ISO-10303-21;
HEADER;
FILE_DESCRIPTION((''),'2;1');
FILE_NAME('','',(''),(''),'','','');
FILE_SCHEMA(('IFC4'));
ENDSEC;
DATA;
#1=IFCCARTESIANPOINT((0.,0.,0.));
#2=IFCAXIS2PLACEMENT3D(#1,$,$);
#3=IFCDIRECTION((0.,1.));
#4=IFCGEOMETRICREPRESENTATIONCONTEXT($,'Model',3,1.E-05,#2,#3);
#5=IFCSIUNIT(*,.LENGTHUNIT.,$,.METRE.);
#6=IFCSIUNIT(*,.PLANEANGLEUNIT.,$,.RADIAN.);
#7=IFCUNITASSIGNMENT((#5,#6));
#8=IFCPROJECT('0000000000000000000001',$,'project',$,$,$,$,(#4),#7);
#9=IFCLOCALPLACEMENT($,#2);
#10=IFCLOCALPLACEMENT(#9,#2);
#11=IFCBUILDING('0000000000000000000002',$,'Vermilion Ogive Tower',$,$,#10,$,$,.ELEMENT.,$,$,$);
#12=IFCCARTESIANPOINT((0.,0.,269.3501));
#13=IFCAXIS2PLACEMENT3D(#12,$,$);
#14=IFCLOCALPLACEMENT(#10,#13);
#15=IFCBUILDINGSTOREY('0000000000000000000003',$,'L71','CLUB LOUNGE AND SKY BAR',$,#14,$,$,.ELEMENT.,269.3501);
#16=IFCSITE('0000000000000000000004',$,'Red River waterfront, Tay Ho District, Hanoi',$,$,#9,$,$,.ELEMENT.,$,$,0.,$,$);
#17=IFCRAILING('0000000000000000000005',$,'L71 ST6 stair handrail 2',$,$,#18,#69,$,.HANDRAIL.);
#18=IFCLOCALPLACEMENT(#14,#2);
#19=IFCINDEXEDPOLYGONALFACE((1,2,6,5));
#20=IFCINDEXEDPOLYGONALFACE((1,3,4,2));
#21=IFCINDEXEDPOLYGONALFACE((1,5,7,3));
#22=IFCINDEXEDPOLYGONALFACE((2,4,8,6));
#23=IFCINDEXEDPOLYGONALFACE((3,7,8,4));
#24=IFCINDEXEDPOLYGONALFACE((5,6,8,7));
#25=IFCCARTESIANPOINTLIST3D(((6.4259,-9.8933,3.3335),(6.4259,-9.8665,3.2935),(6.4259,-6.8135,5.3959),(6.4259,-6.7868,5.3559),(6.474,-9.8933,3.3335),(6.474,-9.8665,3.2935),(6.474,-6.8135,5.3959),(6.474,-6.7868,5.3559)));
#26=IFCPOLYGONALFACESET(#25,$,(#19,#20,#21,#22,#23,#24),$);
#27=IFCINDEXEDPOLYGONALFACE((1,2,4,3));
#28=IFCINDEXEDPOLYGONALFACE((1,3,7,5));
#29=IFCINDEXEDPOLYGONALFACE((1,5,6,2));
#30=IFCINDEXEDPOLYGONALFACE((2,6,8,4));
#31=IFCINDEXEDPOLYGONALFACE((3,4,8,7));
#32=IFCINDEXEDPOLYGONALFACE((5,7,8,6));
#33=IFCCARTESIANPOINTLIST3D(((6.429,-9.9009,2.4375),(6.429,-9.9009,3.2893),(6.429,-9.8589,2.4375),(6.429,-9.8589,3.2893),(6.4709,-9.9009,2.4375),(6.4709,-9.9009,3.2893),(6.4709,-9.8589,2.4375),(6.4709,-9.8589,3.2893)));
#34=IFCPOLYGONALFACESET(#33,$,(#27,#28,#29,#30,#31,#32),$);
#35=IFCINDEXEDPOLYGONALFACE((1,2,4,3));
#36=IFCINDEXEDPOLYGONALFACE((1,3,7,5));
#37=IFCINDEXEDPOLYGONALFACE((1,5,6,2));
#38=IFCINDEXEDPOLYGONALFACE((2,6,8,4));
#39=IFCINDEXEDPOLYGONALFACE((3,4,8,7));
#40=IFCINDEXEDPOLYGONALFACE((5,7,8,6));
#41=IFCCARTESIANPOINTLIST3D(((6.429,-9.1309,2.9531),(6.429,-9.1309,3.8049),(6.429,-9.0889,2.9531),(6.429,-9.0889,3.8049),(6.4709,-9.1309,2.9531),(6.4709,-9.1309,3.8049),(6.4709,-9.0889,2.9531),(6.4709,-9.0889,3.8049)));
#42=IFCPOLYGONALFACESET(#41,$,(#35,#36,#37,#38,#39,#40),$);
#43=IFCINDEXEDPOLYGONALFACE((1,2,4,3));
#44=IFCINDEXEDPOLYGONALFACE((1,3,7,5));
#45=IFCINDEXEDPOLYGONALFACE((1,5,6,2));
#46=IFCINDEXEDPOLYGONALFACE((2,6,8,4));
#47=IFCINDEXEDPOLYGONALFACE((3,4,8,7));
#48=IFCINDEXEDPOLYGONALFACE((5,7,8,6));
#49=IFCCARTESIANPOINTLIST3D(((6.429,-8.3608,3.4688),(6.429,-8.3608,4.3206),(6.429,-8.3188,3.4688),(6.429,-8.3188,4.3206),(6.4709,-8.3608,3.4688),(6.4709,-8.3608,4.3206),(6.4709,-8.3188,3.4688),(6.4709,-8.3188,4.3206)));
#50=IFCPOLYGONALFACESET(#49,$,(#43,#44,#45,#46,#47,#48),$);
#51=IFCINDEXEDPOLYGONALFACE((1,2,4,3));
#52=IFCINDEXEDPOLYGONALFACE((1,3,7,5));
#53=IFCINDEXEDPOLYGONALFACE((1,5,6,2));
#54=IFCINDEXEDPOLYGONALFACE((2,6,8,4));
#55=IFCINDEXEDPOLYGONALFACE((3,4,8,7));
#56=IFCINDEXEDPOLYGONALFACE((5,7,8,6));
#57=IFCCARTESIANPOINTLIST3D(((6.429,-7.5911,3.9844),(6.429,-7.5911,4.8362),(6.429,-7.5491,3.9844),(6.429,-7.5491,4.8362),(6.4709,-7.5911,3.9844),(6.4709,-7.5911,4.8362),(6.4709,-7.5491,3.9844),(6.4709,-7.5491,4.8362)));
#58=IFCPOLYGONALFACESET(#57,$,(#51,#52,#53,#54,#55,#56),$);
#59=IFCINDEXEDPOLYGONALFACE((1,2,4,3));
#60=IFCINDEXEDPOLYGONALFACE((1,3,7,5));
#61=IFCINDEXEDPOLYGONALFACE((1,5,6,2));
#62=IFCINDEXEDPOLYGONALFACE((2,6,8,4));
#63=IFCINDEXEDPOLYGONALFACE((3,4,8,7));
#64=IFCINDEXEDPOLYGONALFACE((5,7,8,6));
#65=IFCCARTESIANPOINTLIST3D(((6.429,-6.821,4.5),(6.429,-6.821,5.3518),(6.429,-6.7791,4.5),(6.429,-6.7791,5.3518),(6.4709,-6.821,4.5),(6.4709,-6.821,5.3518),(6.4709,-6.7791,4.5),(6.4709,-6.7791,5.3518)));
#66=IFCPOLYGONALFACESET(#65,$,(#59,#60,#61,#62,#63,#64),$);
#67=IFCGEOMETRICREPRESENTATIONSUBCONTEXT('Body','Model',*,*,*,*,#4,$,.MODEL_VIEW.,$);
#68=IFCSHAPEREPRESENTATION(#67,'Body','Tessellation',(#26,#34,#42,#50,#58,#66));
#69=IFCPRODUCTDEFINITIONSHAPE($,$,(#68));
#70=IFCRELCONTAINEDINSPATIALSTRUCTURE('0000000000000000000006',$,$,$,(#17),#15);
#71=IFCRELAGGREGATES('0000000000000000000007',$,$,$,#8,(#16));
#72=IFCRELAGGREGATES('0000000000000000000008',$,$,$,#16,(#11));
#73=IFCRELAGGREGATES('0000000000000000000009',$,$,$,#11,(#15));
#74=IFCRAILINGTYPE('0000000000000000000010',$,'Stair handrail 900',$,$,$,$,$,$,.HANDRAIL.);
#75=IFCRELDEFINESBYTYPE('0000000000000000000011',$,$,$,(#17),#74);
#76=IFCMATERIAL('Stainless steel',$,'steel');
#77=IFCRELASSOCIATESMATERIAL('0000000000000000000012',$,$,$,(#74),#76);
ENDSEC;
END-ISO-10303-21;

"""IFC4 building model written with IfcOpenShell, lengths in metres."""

from ifc_helpers import new_model, si_unit, direction, frame, origin, origin_2d, place, context, subcontext, project, spatial, rectangle, extrude, material, type_object, element, save


model = new_model("IFC4")

# Units and contexts
model_context = context("Model", 3, precision=1e-05, world=origin(), true_north=direction((0.0, 1.0)))
body_context = subcontext(model_context, "Body", "Model", "MODEL_VIEW")
ifc_project = project(units=[si_unit("LENGTHUNIT", "METRE"), si_unit("PLANEANGLEUNIT", "RADIAN")], contexts=[model_context])

# Site, building, storey
site_placement = place(None, origin())
site = spatial("IfcSite", under=ifc_project, at=site_placement, Name="Red River waterfront, Tay Ho District, Hanoi", CompositionType="ELEMENT", RefElevation=0.0)
building_placement = place(site_placement, origin())
building = spatial("IfcBuilding", under=site, at=building_placement, Name="Vermilion Ogive Tower", CompositionType="ELEMENT")
storey_placement = place(building_placement, frame((0.0, 0.0, 269.3501)))
storey = spatial("IfcBuildingStorey", under=building, at=storey_placement, Name="L71", Description="CLUB LOUNGE AND SKY BAR", CompositionType="ELEMENT", Elevation=269.3501)

# Railing
ifc_material_1 = material(Name="Stainless steel", Category="steel")
railing_type_1 = type_object("IfcRailingType", Name="Stair handrail 900", PredefinedType="HANDRAIL", material=ifc_material_1)
railing_1_placement = place(storey_placement, frame((6.45, -9.8799, 2.4375)))
element("IfcRailing", 1, at=railing_1_placement, inside=storey, type_object=railing_type_1, Name="L71 ST6 stair handrail 2", PredefinedType="HANDRAIL", context=body_context, shape_type="SweptSolid", body=[
    extrude(rectangle(XDim=0.0481, YDim=0.0481, at=origin_2d()), frame((0.0, 0.0, 0.876), z_axis=(0.0, 0.830893, 0.556432), x_axis=(-1.0, 0.0, 0.0)), (0.0, 0.0, 1.0), 3.7065),
    extrude(rectangle(XDim=0.042, YDim=0.042, at=origin_2d()), origin(), (0.0, 0.0, 1.0), 0.8518),
    extrude(rectangle(XDim=0.042, YDim=0.042, at=origin_2d()), frame((0.0, 0.77, 0.5156)), (0.0, 0.0, 1.0), 0.8518),
    extrude(rectangle(XDim=0.042, YDim=0.042, at=origin_2d()), frame((0.0, 1.54, 1.0312)), (0.0, 0.0, 1.0), 0.8518),
    extrude(rectangle(XDim=0.042, YDim=0.042, at=origin_2d()), frame((0.0, 2.3098, 1.5469)), (0.0, 0.0, 1.0), 0.8518),
    extrude(rectangle(XDim=0.042, YDim=0.042, at=origin_2d()), frame((0.0, 3.0798, 2.0625)), (0.0, 0.0, 1.0), 0.8518),
])

save(model, "model.ifc")
